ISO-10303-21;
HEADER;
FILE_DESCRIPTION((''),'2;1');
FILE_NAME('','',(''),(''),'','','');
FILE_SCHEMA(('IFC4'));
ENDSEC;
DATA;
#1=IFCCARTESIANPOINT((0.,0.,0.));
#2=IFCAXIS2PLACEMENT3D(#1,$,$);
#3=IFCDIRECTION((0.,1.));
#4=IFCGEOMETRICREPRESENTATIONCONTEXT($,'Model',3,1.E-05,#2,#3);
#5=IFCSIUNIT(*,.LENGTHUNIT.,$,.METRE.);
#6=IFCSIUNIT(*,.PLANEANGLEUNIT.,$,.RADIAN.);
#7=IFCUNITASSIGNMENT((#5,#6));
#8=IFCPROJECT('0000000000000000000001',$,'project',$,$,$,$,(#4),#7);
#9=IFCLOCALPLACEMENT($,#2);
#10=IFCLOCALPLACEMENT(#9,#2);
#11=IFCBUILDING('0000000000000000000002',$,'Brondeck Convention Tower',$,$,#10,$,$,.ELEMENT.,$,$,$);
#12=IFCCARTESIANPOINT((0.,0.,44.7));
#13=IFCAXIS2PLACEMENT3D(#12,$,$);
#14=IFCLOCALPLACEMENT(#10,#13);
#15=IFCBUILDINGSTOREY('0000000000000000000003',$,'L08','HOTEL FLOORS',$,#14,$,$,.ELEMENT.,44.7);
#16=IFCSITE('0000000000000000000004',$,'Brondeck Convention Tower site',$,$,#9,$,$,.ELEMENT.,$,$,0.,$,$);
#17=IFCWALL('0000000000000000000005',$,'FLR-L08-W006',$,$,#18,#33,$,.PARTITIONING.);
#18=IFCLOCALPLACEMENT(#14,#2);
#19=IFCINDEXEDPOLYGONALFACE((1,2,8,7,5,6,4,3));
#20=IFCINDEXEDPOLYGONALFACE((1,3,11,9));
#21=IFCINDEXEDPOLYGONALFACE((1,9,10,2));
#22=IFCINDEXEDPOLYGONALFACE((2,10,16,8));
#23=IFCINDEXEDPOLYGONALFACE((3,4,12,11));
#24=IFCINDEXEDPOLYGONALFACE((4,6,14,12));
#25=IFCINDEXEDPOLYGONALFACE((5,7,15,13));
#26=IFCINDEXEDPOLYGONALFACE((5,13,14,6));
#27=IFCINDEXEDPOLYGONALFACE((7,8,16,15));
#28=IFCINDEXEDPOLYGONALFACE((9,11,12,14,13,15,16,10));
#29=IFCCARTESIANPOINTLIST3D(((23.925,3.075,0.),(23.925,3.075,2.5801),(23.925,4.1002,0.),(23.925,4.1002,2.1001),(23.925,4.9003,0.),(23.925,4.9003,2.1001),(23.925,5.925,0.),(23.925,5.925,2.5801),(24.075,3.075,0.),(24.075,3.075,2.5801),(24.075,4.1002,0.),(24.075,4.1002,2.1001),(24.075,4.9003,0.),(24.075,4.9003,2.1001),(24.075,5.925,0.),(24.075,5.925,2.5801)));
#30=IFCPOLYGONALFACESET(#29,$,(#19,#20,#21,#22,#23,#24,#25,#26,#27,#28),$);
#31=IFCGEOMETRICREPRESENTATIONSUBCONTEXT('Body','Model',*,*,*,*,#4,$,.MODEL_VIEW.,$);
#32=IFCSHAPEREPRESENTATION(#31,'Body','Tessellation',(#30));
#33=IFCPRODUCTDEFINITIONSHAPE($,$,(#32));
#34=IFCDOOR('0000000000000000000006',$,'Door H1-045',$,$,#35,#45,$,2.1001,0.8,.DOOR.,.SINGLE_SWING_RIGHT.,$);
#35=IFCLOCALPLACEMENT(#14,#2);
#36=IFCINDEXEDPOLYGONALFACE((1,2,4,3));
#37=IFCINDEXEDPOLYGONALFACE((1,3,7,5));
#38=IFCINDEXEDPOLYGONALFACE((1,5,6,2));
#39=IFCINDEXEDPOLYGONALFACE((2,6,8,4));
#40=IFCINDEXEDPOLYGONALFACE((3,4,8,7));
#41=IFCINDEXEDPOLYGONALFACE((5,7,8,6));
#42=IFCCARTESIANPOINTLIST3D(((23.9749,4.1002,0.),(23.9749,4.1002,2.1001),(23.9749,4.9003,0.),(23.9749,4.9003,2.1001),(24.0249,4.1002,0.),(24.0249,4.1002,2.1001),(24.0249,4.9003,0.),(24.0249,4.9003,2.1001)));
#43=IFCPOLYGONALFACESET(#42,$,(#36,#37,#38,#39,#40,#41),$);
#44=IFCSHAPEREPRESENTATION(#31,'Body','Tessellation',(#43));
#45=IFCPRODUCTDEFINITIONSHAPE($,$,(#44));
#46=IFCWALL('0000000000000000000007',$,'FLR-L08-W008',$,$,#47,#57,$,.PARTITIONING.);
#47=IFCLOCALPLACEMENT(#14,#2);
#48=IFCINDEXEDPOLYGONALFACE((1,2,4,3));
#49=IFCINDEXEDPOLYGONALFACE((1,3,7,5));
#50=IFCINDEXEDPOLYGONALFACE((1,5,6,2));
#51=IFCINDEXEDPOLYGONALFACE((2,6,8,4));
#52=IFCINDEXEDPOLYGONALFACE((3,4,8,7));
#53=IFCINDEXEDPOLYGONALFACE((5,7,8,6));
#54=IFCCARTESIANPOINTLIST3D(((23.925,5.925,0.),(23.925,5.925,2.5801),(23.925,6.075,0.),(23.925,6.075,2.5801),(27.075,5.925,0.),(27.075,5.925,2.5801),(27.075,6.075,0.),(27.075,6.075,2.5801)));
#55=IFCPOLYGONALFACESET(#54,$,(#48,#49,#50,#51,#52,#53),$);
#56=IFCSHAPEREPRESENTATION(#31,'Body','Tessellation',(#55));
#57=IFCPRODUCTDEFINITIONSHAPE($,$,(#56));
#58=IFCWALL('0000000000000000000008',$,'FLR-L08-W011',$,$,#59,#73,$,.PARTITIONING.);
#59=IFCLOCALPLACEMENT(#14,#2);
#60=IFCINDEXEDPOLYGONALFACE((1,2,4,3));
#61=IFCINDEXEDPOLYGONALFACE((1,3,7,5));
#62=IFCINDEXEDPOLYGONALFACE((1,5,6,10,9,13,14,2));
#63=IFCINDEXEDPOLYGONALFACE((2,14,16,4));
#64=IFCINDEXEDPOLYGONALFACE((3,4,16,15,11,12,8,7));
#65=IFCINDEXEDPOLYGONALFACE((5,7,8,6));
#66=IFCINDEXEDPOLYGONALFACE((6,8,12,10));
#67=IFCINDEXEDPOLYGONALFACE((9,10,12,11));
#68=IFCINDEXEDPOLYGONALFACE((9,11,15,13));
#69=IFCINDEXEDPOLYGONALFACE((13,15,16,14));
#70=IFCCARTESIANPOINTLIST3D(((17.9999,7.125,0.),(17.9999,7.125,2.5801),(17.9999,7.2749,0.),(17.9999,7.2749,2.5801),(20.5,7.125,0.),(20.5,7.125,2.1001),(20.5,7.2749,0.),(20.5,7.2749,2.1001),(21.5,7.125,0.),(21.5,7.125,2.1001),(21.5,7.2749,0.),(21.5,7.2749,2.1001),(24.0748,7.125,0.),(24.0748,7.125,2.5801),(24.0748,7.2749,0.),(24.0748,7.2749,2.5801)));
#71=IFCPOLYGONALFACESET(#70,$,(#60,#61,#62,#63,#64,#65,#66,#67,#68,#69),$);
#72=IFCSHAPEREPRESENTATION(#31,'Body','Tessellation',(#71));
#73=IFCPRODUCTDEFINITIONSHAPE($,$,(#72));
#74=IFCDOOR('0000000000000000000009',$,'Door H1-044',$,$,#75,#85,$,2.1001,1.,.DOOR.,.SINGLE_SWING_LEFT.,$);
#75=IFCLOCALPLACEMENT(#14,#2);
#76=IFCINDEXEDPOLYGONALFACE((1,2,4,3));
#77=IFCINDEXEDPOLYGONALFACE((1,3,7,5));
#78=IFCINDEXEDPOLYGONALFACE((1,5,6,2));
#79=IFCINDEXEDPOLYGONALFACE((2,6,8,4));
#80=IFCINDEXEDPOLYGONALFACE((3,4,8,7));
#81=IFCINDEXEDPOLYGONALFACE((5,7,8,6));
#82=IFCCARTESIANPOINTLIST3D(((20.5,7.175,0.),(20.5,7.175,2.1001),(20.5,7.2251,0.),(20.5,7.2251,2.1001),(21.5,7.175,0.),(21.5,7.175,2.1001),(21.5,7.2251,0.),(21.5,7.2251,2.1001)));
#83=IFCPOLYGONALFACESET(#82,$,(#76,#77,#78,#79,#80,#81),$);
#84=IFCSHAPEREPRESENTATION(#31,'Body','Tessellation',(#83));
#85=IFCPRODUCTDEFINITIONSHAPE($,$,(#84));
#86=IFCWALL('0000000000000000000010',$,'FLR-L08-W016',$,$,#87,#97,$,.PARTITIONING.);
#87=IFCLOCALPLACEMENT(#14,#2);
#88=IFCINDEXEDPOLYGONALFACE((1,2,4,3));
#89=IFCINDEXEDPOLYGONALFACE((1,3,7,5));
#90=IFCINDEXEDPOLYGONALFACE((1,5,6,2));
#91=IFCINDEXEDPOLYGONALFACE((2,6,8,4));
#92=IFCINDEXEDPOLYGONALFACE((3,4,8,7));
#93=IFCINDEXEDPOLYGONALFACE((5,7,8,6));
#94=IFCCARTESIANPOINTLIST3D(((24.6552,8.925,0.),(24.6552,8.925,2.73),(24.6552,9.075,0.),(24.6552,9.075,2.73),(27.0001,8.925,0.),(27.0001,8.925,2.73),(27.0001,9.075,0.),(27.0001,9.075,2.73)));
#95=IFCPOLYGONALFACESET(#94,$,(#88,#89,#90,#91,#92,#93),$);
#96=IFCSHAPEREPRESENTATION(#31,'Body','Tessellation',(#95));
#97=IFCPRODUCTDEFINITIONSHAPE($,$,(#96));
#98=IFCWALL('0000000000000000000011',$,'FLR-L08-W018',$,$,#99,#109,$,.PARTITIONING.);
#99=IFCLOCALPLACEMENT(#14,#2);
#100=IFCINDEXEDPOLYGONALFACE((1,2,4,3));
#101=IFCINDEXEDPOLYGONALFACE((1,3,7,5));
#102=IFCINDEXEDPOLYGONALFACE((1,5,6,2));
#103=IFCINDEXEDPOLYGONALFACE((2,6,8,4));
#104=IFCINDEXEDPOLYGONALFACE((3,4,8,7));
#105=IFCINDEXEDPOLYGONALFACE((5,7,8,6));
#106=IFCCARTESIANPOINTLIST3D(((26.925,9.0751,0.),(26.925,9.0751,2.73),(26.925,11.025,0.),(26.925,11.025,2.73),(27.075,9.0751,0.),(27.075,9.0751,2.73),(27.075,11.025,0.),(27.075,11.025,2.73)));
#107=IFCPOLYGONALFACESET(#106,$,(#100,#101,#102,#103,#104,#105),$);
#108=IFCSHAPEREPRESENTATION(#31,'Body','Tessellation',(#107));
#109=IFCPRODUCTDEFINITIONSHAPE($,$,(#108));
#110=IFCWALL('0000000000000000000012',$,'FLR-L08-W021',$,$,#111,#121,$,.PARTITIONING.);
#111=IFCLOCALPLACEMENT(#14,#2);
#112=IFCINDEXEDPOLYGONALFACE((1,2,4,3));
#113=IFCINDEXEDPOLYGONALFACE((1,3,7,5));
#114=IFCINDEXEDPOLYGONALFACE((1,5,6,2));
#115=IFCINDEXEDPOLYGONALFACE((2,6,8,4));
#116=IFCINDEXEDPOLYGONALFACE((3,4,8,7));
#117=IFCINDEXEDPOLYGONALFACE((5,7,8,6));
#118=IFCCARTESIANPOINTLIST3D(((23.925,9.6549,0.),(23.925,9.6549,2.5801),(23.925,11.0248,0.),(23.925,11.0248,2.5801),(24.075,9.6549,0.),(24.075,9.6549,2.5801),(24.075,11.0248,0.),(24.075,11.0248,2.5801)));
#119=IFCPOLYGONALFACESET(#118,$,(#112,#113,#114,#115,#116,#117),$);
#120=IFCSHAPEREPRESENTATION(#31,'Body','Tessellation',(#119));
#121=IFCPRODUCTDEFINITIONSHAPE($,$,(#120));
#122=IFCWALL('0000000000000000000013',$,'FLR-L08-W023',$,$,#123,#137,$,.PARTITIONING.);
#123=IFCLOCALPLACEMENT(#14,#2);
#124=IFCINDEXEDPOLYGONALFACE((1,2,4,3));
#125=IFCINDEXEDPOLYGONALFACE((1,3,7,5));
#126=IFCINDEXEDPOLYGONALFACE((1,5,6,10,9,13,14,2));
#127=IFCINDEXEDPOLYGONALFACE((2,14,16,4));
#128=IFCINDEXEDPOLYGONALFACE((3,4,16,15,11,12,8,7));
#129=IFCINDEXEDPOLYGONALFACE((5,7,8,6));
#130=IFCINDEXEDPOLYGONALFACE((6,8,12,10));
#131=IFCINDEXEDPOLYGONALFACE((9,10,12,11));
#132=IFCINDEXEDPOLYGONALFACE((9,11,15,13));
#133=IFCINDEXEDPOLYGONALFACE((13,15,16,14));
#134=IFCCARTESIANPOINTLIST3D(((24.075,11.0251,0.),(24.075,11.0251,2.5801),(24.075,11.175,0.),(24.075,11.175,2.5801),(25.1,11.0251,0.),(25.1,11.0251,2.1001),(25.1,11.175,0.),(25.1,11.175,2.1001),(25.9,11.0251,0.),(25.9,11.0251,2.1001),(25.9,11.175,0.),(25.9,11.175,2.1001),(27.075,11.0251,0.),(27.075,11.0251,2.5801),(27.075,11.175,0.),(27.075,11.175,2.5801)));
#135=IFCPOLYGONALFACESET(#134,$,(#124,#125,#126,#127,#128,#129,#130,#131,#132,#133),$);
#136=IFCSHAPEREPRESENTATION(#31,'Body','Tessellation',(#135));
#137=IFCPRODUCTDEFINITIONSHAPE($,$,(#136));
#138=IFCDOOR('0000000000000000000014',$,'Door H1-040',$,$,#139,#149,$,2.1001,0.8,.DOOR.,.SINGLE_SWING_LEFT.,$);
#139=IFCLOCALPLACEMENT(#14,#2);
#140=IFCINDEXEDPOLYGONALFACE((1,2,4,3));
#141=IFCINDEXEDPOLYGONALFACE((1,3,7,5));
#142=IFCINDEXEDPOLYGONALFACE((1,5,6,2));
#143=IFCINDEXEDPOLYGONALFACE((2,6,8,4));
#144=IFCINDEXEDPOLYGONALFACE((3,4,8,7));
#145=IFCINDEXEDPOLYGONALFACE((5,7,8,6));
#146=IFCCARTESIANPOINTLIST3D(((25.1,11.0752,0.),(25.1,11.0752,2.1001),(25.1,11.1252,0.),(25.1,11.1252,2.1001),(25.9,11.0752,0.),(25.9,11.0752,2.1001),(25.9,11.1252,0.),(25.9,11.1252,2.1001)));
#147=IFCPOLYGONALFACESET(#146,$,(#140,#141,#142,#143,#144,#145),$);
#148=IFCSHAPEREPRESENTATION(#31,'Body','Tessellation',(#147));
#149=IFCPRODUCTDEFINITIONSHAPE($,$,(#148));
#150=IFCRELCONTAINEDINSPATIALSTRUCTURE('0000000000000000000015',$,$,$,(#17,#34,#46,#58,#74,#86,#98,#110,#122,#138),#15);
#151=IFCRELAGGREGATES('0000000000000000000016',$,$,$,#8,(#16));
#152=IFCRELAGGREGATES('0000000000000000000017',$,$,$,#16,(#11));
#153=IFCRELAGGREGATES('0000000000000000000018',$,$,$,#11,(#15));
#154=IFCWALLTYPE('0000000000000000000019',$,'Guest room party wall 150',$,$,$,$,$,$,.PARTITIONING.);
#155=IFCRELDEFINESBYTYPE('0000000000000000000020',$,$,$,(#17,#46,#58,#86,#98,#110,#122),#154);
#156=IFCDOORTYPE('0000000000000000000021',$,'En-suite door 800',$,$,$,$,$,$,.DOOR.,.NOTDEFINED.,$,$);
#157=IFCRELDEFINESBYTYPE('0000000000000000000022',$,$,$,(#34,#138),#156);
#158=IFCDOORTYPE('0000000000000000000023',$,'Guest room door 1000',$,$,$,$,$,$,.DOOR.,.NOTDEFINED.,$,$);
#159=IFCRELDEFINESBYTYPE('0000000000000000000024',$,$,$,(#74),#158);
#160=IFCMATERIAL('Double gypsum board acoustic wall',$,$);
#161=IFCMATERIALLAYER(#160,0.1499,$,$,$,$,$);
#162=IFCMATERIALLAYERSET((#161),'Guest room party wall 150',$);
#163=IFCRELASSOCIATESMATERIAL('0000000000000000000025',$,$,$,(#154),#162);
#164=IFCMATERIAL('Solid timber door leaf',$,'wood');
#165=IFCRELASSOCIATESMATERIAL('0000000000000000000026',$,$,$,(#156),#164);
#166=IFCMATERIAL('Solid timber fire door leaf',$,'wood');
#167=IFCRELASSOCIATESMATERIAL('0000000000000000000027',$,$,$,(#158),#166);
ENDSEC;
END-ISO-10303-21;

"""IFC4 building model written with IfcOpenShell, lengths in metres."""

from ifc_helpers import new_model, si_unit, direction, frame, frame_2d, origin, place, context, subcontext, project, spatial, rectangle, extrude, material, layer, layer_set, type_object, element, fill, save


model = new_model("IFC4")

# Units and contexts
model_context = context("Model", 3, precision=1e-05, world=origin(), true_north=direction((0.0, 1.0)))
body_context = subcontext(model_context, "Body", "Model", "MODEL_VIEW")
ifc_project = project(units=[si_unit("LENGTHUNIT", "METRE"), si_unit("PLANEANGLEUNIT", "RADIAN")], contexts=[model_context])

# Site, building, storey
site_placement = place(None, origin())
site = spatial("IfcSite", under=ifc_project, at=site_placement, Name="Brondeck Convention Tower site", CompositionType="ELEMENT", RefElevation=0.0)
building_placement = place(site_placement, origin())
building = spatial("IfcBuilding", under=site, at=building_placement, Name="Brondeck Convention Tower", CompositionType="ELEMENT")
storey_placement = place(building_placement, frame((0.0, 0.0, 44.7)))
storey = spatial("IfcBuildingStorey", under=building, at=storey_placement, Name="L08", Description="HOTEL FLOORS", CompositionType="ELEMENT", Elevation=44.7)

# Shared definitions
ifc_material_1 = material(Name="Double gypsum board acoustic wall")
ifc_layer = layer(ifc_material_1, 0.1499)
ifc_layer_set = layer_set([ifc_layer], Name="Guest room party wall 150")
wall_type = type_object("IfcWallType", Name="Guest room party wall 150", PredefinedType="PARTITIONING", material=ifc_layer_set)

# Wall, opening, door
wall_1_placement = place(storey_placement, frame((24.0, 5.925, 0.0), z_axis=(0.0, 0.0, 1.0), x_axis=(0.0, -1.0, 0.0)))
wall_1 = element("IfcWall", 1, at=wall_1_placement, inside=storey, type_object=wall_type, Name="FLR-L08-W006", PredefinedType="PARTITIONING", context=body_context, shape_type="SweptSolid", body=[
    extrude(rectangle(XDim=2.8501, YDim=0.1499, at=frame_2d((1.425, 0.0))), origin(), (0.0, 0.0, 1.0), 2.5801),
])
opening_1_placement = place(wall_1_placement, frame((1.0249, 0.0, 0.0)))
opening_1 = element("IfcOpeningElement", 2, at=opening_1_placement, cuts=wall_1, PredefinedType="OPENING", context=body_context, shape_type="SweptSolid", body=[
    extrude(rectangle(XDim=0.8, YDim=2.1001, at=frame_2d((0.3999, 1.05))), frame((0.0, 0.085, 0.0), z_axis=(0.0, -1.0, 0.0), x_axis=(1.0, 0.0, 0.0)), (0.0, 0.0, 1.0), 0.1699),
])
ifc_material_2 = material(Name="Solid timber door leaf", Category="wood")
door_type_1 = type_object("IfcDoorType", Name="En-suite door 800", OperationType="NOTDEFINED", PredefinedType="DOOR", material=ifc_material_2)
door_1_placement = place(opening_1_placement, origin())
door_1 = element("IfcDoor", 3, at=door_1_placement, inside=storey, type_object=door_type_1, Name="Door H1-045", OperationType="SINGLE_SWING_RIGHT", OverallHeight=2.1001, OverallWidth=0.8, PredefinedType="DOOR", context=body_context, shape_type="SweptSolid", body=[
    extrude(rectangle(XDim=0.8, YDim=2.1001, at=frame_2d((0.3999, 1.05))), frame((0.0, 0.0249, 0.0), z_axis=(0.0, -1.0, 0.0), x_axis=(1.0, 0.0, 0.0)), (0.0, 0.0, 1.0), 0.05),
])
fill(opening_1, door_1)

# Wall
wall_2_placement = place(storey_placement, frame((27.075, 6.0, 0.0), z_axis=(0.0, 0.0, 1.0), x_axis=(-1.0, 0.0, 0.0)))
element("IfcWall", 4, at=wall_2_placement, inside=storey, type_object=wall_type, Name="FLR-L08-W008", PredefinedType="PARTITIONING", context=body_context, shape_type="SweptSolid", body=[
    extrude(rectangle(XDim=3.1499, YDim=0.1499, at=frame_2d((1.575, 0.0))), origin(), (0.0, 0.0, 1.0), 2.5801),
])

# Wall, opening, door
wall_3_placement = place(storey_placement, frame((24.075, 7.2, 0.0), z_axis=(0.0, 0.0, 1.0), x_axis=(-1.0, 0.0, 0.0)))
wall_3 = element("IfcWall", 5, at=wall_3_placement, inside=storey, type_object=wall_type, Name="FLR-L08-W011", PredefinedType="PARTITIONING", context=body_context, shape_type="SweptSolid", body=[
    extrude(rectangle(XDim=6.075, YDim=0.1499, at=frame_2d((3.0376, 0.0))), origin(), (0.0, 0.0, 1.0), 2.5801),
])
opening_2_placement = place(wall_3_placement, frame((2.575, 0.0, 0.0)))
opening_2 = element("IfcOpeningElement", 6, at=opening_2_placement, cuts=wall_3, PredefinedType="OPENING", context=body_context, shape_type="SweptSolid", body=[
    extrude(rectangle(XDim=1.0, YDim=2.1001, at=frame_2d((0.5, 1.05))), frame((0.0, 0.085, 0.0), z_axis=(0.0, -1.0, 0.0), x_axis=(1.0, 0.0, 0.0)), (0.0, 0.0, 1.0), 0.1699),
])
ifc_material_3 = material(Name="Solid timber fire door leaf", Category="wood")
door_type_2 = type_object("IfcDoorType", Name="Guest room door 1000", OperationType="NOTDEFINED", PredefinedType="DOOR", material=ifc_material_3)
door_2_placement = place(opening_2_placement, origin())
door_2 = element("IfcDoor", 7, at=door_2_placement, inside=storey, type_object=door_type_2, Name="Door H1-044", OperationType="SINGLE_SWING_LEFT", OverallHeight=2.1001, OverallWidth=1.0, PredefinedType="DOOR", context=body_context, shape_type="SweptSolid", body=[
    extrude(rectangle(XDim=1.0, YDim=2.1001, at=frame_2d((0.5, 1.05))), frame((0.0, 0.0249, 0.0), z_axis=(0.0, -1.0, 0.0), x_axis=(1.0, 0.0, 0.0)), (0.0, 0.0, 1.0), 0.05),
])
fill(opening_2, door_2)

# Walls
wall_4_placement = place(storey_placement, frame((27.0, 9.0, 0.0), z_axis=(0.0, 0.0, 1.0), x_axis=(-1.0, 0.0, 0.0)))
element("IfcWall", 8, at=wall_4_placement, inside=storey, type_object=wall_type, Name="FLR-L08-W016", PredefinedType="PARTITIONING", context=body_context, shape_type="SweptSolid", body=[
    extrude(rectangle(XDim=2.345, YDim=0.1499, at=frame_2d((1.1724, 0.0))), origin(), (0.0, 0.0, 1.0), 2.73),
])
wall_5_placement = place(storey_placement, frame((27.0, 9.075, 0.0), z_axis=(0.0, 0.0, 1.0), x_axis=(0.0, 1.0, 0.0)))
element("IfcWall", 9, at=wall_5_placement, inside=storey, type_object=wall_type, Name="FLR-L08-W018", PredefinedType="PARTITIONING", context=body_context, shape_type="SweptSolid", body=[
    extrude(rectangle(XDim=1.95, YDim=0.1499, at=frame_2d((0.9751, 0.0))), origin(), (0.0, 0.0, 1.0), 2.73),
])
wall_6_placement = place(storey_placement, frame((24.0, 11.0249, 0.0), z_axis=(0.0, 0.0, 1.0), x_axis=(0.0, -1.0, 0.0)))
element("IfcWall", 10, at=wall_6_placement, inside=storey, type_object=wall_type, Name="FLR-L08-W021", PredefinedType="PARTITIONING", context=body_context, shape_type="SweptSolid", body=[
    extrude(rectangle(XDim=1.3699, YDim=0.1499, at=frame_2d((0.6851, 0.0))), origin(), (0.0, 0.0, 1.0), 2.5801),
])

# Wall, opening, door
wall_7_placement = place(storey_placement, frame((27.075, 11.1001, 0.0), z_axis=(0.0, 0.0, 1.0), x_axis=(-1.0, 0.0, 0.0)))
wall_7 = element("IfcWall", 11, at=wall_7_placement, inside=storey, type_object=wall_type, Name="FLR-L08-W023", PredefinedType="PARTITIONING", context=body_context, shape_type="SweptSolid", body=[
    extrude(rectangle(XDim=3.0, YDim=0.1499, at=frame_2d((1.5, 0.0))), origin(), (0.0, 0.0, 1.0), 2.5801),
])
opening_3_placement = place(wall_7_placement, frame((1.175, 0.0, 0.0)))
opening_3 = element("IfcOpeningElement", 12, at=opening_3_placement, cuts=wall_7, PredefinedType="OPENING", context=body_context, shape_type="SweptSolid", body=[
    extrude(rectangle(XDim=0.8, YDim=2.1001, at=frame_2d((0.3999, 1.05))), frame((0.0, 0.085, 0.0), z_axis=(0.0, -1.0, 0.0), x_axis=(1.0, 0.0, 0.0)), (0.0, 0.0, 1.0), 0.1699),
])
door_3_placement = place(opening_3_placement, origin())
door_3 = element("IfcDoor", 13, at=door_3_placement, inside=storey, type_object=door_type_1, Name="Door H1-040", OperationType="SINGLE_SWING_LEFT", OverallHeight=2.1001, OverallWidth=0.8, PredefinedType="DOOR", context=body_context, shape_type="SweptSolid", body=[
    extrude(rectangle(XDim=0.8, YDim=2.1001, at=frame_2d((0.3999, 1.05))), frame((0.0, 0.0249, 0.0), z_axis=(0.0, -1.0, 0.0), x_axis=(1.0, 0.0, 0.0)), (0.0, 0.0, 1.0), 0.05),
])
fill(opening_3, door_3)

save(model, "model.ifc")
